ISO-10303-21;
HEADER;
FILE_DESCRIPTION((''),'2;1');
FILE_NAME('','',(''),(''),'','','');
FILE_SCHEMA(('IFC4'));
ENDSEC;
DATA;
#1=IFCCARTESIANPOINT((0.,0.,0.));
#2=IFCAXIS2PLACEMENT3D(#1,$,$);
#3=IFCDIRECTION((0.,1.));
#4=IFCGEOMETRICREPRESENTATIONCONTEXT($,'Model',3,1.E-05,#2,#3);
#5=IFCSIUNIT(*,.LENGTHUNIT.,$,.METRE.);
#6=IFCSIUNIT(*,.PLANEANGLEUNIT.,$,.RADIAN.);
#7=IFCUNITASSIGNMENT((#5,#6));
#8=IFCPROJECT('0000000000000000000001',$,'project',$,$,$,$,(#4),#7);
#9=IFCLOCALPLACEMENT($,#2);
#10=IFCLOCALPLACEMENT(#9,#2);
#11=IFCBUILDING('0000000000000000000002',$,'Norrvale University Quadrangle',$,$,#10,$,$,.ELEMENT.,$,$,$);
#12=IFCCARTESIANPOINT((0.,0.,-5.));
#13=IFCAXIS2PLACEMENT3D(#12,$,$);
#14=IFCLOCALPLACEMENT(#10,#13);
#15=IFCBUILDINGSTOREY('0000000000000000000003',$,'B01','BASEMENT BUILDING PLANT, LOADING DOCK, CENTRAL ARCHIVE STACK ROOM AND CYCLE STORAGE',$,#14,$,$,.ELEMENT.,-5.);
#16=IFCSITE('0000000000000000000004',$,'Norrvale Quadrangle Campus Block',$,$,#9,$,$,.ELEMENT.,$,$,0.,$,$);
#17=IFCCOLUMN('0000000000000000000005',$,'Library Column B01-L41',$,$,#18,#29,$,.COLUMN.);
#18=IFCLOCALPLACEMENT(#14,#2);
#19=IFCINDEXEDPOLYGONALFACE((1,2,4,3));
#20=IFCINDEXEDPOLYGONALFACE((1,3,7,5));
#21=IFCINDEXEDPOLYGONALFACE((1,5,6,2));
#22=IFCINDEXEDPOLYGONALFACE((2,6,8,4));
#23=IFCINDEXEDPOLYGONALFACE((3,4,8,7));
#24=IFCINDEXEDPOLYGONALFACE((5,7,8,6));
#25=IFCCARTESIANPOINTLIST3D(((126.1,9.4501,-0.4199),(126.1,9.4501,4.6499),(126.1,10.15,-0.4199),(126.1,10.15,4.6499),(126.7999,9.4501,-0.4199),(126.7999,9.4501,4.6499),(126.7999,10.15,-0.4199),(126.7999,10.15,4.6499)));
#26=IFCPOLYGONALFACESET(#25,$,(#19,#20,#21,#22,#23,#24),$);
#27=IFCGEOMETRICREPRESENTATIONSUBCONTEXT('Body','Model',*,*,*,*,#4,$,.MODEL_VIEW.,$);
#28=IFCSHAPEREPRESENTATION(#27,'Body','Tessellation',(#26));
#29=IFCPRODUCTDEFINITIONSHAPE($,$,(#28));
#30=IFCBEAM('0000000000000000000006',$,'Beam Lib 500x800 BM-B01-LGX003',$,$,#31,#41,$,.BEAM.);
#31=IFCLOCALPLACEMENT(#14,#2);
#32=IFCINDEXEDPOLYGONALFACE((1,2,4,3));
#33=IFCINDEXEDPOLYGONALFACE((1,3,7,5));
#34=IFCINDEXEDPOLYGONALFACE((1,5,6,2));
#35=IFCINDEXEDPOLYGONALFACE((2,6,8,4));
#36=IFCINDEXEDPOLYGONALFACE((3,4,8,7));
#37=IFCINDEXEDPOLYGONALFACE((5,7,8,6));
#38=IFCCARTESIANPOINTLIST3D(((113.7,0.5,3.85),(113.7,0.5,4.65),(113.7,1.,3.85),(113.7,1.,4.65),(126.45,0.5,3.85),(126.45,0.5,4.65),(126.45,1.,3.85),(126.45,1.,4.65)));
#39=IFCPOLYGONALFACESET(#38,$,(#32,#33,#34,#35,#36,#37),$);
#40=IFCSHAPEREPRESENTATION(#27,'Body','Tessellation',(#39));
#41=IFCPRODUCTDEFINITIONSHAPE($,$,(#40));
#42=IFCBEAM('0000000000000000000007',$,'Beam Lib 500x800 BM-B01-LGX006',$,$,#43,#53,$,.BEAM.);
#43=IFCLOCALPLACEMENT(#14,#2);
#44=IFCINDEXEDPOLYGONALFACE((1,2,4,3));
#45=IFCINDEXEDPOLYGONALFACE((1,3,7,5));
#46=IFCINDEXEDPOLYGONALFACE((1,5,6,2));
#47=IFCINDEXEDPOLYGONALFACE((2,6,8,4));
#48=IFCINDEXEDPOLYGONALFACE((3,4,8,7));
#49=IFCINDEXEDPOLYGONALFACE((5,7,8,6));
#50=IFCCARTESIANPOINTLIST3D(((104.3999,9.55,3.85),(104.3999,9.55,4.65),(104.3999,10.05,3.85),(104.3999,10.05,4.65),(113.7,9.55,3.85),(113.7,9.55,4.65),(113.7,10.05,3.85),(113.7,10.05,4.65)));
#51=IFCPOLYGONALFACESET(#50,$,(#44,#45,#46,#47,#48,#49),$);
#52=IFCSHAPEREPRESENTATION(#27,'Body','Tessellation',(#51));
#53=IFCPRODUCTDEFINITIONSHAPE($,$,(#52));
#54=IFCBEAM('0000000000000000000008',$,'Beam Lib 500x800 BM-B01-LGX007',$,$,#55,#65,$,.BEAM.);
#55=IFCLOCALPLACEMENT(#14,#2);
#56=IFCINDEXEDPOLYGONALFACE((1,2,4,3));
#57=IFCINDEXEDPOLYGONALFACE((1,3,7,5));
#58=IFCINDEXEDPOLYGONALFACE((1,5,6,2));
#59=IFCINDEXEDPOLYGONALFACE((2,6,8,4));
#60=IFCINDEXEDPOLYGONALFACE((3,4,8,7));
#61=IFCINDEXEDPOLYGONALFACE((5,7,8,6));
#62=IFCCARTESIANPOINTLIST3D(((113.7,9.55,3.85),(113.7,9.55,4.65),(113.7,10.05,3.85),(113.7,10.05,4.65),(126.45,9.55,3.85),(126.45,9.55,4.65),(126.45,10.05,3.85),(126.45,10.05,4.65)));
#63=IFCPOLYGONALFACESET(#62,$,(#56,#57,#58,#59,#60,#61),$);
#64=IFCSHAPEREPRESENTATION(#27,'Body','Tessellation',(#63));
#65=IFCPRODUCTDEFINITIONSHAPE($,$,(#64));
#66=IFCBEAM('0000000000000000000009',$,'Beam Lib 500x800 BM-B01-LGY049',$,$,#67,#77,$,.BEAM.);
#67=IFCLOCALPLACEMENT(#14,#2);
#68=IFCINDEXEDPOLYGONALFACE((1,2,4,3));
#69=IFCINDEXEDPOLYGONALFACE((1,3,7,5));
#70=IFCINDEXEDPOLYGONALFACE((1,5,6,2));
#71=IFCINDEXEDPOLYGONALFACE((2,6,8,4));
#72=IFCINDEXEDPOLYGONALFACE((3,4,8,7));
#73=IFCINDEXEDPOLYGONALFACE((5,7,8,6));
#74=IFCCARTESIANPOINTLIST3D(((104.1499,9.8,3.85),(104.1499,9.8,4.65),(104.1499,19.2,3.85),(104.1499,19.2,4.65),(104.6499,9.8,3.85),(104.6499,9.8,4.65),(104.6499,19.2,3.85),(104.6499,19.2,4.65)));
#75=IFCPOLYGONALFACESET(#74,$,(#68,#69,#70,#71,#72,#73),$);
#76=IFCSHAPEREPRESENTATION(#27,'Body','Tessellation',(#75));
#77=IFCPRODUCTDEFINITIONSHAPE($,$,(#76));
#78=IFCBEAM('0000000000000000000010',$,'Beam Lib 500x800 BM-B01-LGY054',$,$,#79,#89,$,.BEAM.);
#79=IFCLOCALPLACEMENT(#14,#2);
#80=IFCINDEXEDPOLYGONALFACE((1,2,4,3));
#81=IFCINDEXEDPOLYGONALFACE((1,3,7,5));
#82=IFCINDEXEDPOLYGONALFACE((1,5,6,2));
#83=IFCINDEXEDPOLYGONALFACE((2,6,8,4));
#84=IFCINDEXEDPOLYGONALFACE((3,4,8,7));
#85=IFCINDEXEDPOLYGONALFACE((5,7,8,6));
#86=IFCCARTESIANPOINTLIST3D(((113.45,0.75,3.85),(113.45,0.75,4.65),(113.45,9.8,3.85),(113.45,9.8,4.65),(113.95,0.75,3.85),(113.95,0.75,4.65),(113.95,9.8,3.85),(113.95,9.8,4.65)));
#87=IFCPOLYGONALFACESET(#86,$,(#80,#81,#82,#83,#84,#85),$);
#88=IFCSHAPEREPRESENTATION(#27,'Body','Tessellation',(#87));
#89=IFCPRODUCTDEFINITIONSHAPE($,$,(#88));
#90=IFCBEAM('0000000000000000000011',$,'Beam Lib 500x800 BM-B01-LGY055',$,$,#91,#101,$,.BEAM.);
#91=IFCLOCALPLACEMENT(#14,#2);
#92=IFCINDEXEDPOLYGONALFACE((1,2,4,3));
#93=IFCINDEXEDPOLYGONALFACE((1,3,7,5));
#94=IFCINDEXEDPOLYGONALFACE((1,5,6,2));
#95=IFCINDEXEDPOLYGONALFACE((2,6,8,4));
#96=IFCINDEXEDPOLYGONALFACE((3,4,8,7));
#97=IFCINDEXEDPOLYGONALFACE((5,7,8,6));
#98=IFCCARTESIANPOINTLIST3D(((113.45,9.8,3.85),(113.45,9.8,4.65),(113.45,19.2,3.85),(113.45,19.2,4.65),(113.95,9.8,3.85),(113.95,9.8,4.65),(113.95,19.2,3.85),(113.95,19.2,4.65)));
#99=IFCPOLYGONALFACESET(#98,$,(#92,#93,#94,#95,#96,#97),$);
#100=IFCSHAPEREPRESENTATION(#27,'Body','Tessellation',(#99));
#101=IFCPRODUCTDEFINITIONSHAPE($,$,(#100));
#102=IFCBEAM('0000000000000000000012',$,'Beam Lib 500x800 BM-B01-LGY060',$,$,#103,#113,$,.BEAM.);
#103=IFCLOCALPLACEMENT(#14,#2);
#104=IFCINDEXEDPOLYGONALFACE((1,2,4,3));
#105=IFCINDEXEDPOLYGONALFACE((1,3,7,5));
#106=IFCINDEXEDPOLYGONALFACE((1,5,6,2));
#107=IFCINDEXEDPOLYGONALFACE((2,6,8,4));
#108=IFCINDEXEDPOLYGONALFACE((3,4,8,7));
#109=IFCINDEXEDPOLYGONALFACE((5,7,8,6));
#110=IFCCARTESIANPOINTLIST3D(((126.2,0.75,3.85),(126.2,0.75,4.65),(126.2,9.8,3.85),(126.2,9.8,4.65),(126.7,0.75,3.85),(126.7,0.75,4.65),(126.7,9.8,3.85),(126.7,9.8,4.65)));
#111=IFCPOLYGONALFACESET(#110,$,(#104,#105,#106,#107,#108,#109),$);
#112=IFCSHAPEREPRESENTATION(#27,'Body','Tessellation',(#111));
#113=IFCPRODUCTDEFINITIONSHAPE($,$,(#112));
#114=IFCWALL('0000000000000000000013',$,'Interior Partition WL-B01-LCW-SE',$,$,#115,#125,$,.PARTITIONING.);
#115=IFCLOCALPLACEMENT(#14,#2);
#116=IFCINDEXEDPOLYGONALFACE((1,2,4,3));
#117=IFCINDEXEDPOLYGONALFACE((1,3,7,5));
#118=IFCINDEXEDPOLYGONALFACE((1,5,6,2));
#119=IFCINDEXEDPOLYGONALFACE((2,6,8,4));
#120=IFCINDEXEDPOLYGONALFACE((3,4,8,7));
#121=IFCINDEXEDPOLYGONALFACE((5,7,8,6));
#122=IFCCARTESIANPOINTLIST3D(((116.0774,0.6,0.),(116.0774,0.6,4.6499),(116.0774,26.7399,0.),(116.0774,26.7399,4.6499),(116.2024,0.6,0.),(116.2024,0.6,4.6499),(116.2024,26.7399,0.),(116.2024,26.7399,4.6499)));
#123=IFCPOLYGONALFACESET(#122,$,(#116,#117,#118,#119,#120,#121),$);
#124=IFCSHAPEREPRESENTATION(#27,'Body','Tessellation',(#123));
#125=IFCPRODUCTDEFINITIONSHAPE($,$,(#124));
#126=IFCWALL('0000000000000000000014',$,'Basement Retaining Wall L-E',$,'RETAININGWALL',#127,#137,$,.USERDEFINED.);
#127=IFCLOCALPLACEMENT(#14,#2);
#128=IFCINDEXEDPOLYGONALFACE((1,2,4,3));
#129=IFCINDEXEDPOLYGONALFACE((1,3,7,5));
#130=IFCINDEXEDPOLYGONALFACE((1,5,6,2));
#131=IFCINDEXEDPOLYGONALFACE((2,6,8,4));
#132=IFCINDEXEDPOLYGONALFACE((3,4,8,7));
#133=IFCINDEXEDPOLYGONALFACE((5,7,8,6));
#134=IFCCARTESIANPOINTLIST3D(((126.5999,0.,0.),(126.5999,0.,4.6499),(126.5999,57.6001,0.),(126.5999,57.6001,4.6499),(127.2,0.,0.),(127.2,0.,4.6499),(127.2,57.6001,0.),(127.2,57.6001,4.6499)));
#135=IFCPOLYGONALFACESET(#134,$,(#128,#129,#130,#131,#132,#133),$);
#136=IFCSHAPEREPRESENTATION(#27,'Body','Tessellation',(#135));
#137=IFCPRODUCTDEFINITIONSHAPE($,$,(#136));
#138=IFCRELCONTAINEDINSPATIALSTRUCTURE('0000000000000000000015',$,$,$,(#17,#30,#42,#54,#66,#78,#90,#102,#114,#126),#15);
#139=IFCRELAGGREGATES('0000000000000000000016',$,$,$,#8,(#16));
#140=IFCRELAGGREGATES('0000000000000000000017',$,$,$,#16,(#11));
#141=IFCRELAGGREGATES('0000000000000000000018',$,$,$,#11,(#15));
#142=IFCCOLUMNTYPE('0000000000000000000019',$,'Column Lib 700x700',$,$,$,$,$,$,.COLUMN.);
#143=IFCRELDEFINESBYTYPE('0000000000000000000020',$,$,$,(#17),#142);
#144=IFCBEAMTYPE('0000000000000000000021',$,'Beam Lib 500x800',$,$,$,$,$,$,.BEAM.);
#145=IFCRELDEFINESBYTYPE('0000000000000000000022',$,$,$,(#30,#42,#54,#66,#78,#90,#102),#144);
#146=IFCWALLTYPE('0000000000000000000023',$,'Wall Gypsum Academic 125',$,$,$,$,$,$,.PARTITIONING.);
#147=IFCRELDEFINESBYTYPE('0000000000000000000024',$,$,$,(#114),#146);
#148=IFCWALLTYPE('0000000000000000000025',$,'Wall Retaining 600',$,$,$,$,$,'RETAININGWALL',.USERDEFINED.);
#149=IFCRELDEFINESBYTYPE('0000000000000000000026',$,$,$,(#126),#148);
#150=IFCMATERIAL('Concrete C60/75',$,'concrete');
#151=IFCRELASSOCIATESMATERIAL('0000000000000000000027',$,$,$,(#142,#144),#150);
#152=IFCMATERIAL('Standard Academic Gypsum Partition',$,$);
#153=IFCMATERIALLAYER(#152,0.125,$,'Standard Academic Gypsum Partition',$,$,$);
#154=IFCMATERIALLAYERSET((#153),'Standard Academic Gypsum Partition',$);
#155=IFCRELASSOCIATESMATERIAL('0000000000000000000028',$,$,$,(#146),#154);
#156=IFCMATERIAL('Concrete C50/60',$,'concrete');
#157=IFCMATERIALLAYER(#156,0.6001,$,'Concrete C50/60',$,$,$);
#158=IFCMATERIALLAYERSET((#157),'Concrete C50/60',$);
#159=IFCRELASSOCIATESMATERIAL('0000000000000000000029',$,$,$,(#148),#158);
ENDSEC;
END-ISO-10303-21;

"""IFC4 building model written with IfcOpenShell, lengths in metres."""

from ifc_helpers import new_model, si_unit, direction, frame, frame_2d, origin, origin_2d, place, context, subcontext, project, spatial, rectangle, extrude, material, layer, layer_set, material_profile, profile_set, type_object, element, save


model = new_model("IFC4")

# Units and contexts
model_context = context("Model", 3, precision=1e-05, world=origin(), true_north=direction((0.0, 1.0)))
body_context = subcontext(model_context, "Body", "Model", "MODEL_VIEW")
ifc_project = project(units=[si_unit("LENGTHUNIT", "METRE"), si_unit("PLANEANGLEUNIT", "RADIAN")], contexts=[model_context])

# Site, building, storey
site_placement = place(None, origin())
site = spatial("IfcSite", under=ifc_project, at=site_placement, Name="Norrvale Quadrangle Campus Block", CompositionType="ELEMENT", RefElevation=0.0)
building_placement = place(site_placement, origin())
building = spatial("IfcBuilding", under=site, at=building_placement, Name="Norrvale University Quadrangle", CompositionType="ELEMENT")
storey_placement = place(building_placement, frame((0.0, 0.0, -5.0)))
storey = spatial("IfcBuildingStorey", under=building, at=storey_placement, Name="B01", Description="BASEMENT BUILDING PLANT, LOADING DOCK, CENTRAL ARCHIVE STACK ROOM AND CYCLE STORAGE", CompositionType="ELEMENT", Elevation=-5.0)

# Shared definitions
ifc_material_1 = material(Name="Concrete C50/60", Category="concrete")

# Column
ifc_material_2 = material(Name="Concrete C60/75", Category="concrete")
ifc_material_profile_1 = material_profile(ifc_material_2, rectangle(XDim=0.7, YDim=0.7, at=origin_2d()), Name="Concrete C60/75")
ifc_profile_set_1 = profile_set([ifc_material_profile_1], Name="Concrete C60/75")
column_type = type_object("IfcColumnType", Name="Column Lib 700x700", PredefinedType="COLUMN", material=ifc_profile_set_1)
for number, where, z_axis, x_axis, name in (
    (1, (126.45, 9.8, -0.4199), (0.0, 0.0, 1.0), (1.0, 0.0, 0.0), "Library Column B01-L41"),
):
    element("IfcColumn", number, at=place(storey_placement, frame(where, z_axis=z_axis, x_axis=x_axis)), inside=storey, type_object=column_type, Name=name, PredefinedType="COLUMN", context=body_context, shape_type="SweptSolid", body=[
        extrude(rectangle(XDim=0.7, YDim=0.7, at=origin_2d()), origin(), (0.0, 0.0, 1.0), 5.0698),
    ])

# Beams
ifc_material_profile_2 = material_profile(ifc_material_2, rectangle(XDim=0.5, YDim=0.8, at=origin_2d()), Name="Concrete C60/75")
ifc_profile_set_2 = profile_set([ifc_material_profile_2], Name="Concrete C60/75")
beam_type = type_object("IfcBeamType", Name="Beam Lib 500x800", PredefinedType="BEAM", material=ifc_profile_set_2)
beam_1_placement = place(storey_placement, frame((113.7, 0.75, 4.25), z_axis=(1.0, 0.0, 0.0), x_axis=(0.0, 1.0, 0.0)))
element("IfcBeam", 2, at=beam_1_placement, inside=storey, type_object=beam_type, Name="Beam Lib 500x800 BM-B01-LGX003", PredefinedType="BEAM", context=body_context, shape_type="SweptSolid", body=[
    extrude(rectangle(XDim=0.5, YDim=0.8, at=origin_2d()), origin(), (0.0, 0.0, 1.0), 12.75),
])
beam_2_placement = place(storey_placement, frame((104.3999, 9.8, 4.25), z_axis=(1.0, 0.0, 0.0), x_axis=(0.0, 1.0, 0.0)))
element("IfcBeam", 3, at=beam_2_placement, inside=storey, type_object=beam_type, Name="Beam Lib 500x800 BM-B01-LGX006", PredefinedType="BEAM", context=body_context, shape_type="SweptSolid", body=[
    extrude(rectangle(XDim=0.5, YDim=0.8, at=origin_2d()), origin(), (0.0, 0.0, 1.0), 9.3),
])
beam_3_placement = place(storey_placement, frame((113.7, 9.8, 4.25), z_axis=(1.0, 0.0, 0.0), x_axis=(0.0, 1.0, 0.0)))
element("IfcBeam", 4, at=beam_3_placement, inside=storey, type_object=beam_type, Name="Beam Lib 500x800 BM-B01-LGX007", PredefinedType="BEAM", context=body_context, shape_type="SweptSolid", body=[
    extrude(rectangle(XDim=0.5, YDim=0.8, at=origin_2d()), origin(), (0.0, 0.0, 1.0), 12.75),
])
beam_4_placement = place(storey_placement, frame((104.3999, 9.8, 4.25), z_axis=(0.0, 1.0, 0.0), x_axis=(-1.0, 0.0, 0.0)))
element("IfcBeam", 5, at=beam_4_placement, inside=storey, type_object=beam_type, Name="Beam Lib 500x800 BM-B01-LGY049", PredefinedType="BEAM", context=body_context, shape_type="SweptSolid", body=[
    extrude(rectangle(XDim=0.5, YDim=0.8, at=origin_2d()), origin(), (0.0, 0.0, 1.0), 9.3999),
])
beam_5_placement = place(storey_placement, frame((113.7, 0.75, 4.25), z_axis=(0.0, 1.0, 0.0), x_axis=(-1.0, 0.0, 0.0)))
element("IfcBeam", 6, at=beam_5_placement, inside=storey, type_object=beam_type, Name="Beam Lib 500x800 BM-B01-LGY054", PredefinedType="BEAM", context=body_context, shape_type="SweptSolid", body=[
    extrude(rectangle(XDim=0.5, YDim=0.8, at=origin_2d()), origin(), (0.0, 0.0, 1.0), 9.05),
])
beam_6_placement = place(storey_placement, frame((113.7, 9.8, 4.25), z_axis=(0.0, 1.0, 0.0), x_axis=(-1.0, 0.0, 0.0)))
element("IfcBeam", 7, at=beam_6_placement, inside=storey, type_object=beam_type, Name="Beam Lib 500x800 BM-B01-LGY055", PredefinedType="BEAM", context=body_context, shape_type="SweptSolid", body=[
    extrude(rectangle(XDim=0.5, YDim=0.8, at=origin_2d()), origin(), (0.0, 0.0, 1.0), 9.3999),
])
beam_7_placement = place(storey_placement, frame((126.45, 0.75, 4.25), z_axis=(0.0, 1.0, 0.0), x_axis=(-1.0, 0.0, 0.0)))
element("IfcBeam", 8, at=beam_7_placement, inside=storey, type_object=beam_type, Name="Beam Lib 500x800 BM-B01-LGY060", PredefinedType="BEAM", context=body_context, shape_type="SweptSolid", body=[
    extrude(rectangle(XDim=0.5, YDim=0.8, at=origin_2d()), origin(), (0.0, 0.0, 1.0), 9.05),
])

# Wall
ifc_material_3 = material(Name="Standard Academic Gypsum Partition")
ifc_layer_1 = layer(ifc_material_3, 0.125, Name="Standard Academic Gypsum Partition")
ifc_layer_set_1 = layer_set([ifc_layer_1], Name="Standard Academic Gypsum Partition")
wall_type_1 = type_object("IfcWallType", Name="Wall Gypsum Academic 125", PredefinedType="PARTITIONING", material=ifc_layer_set_1)
wall_1_placement = place(storey_placement, frame((116.1399, 0.6001, 0.0), z_axis=(0.0, 0.0, 1.0), x_axis=(0.0, 1.0, 0.0)))
element("IfcWall", 9, at=wall_1_placement, inside=storey, type_object=wall_type_1, Name="Interior Partition WL-B01-LCW-SE", PredefinedType="PARTITIONING", context=body_context, shape_type="SweptSolid", body=[
    extrude(rectangle(XDim=26.1399, YDim=0.125, at=frame_2d((13.0698, 0.0))), origin(), (0.0, 0.0, 1.0), 4.6499),
])

# Wall
ifc_layer_2 = layer(ifc_material_1, 0.6001, Name="Concrete C50/60")
ifc_layer_set_2 = layer_set([ifc_layer_2], Name="Concrete C50/60")
wall_type_2 = type_object("IfcWallType", Name="Wall Retaining 600", ElementType="RETAININGWALL", PredefinedType="USERDEFINED", material=ifc_layer_set_2)
wall_2_placement = place(storey_placement, frame((126.8999, 0.0, 0.0), z_axis=(0.0, 0.0, 1.0), x_axis=(0.0, 1.0, 0.0)))
element("IfcWall", 10, at=wall_2_placement, inside=storey, type_object=wall_type_2, Name="Basement Retaining Wall L-E", ObjectType="RETAININGWALL", PredefinedType="USERDEFINED", context=body_context, shape_type="SweptSolid", body=[
    extrude(rectangle(XDim=57.6001, YDim=0.6001, at=frame_2d((28.8, 0.0))), origin(), (0.0, 0.0, 1.0), 4.6499),
])

save(model, "model.ifc")
